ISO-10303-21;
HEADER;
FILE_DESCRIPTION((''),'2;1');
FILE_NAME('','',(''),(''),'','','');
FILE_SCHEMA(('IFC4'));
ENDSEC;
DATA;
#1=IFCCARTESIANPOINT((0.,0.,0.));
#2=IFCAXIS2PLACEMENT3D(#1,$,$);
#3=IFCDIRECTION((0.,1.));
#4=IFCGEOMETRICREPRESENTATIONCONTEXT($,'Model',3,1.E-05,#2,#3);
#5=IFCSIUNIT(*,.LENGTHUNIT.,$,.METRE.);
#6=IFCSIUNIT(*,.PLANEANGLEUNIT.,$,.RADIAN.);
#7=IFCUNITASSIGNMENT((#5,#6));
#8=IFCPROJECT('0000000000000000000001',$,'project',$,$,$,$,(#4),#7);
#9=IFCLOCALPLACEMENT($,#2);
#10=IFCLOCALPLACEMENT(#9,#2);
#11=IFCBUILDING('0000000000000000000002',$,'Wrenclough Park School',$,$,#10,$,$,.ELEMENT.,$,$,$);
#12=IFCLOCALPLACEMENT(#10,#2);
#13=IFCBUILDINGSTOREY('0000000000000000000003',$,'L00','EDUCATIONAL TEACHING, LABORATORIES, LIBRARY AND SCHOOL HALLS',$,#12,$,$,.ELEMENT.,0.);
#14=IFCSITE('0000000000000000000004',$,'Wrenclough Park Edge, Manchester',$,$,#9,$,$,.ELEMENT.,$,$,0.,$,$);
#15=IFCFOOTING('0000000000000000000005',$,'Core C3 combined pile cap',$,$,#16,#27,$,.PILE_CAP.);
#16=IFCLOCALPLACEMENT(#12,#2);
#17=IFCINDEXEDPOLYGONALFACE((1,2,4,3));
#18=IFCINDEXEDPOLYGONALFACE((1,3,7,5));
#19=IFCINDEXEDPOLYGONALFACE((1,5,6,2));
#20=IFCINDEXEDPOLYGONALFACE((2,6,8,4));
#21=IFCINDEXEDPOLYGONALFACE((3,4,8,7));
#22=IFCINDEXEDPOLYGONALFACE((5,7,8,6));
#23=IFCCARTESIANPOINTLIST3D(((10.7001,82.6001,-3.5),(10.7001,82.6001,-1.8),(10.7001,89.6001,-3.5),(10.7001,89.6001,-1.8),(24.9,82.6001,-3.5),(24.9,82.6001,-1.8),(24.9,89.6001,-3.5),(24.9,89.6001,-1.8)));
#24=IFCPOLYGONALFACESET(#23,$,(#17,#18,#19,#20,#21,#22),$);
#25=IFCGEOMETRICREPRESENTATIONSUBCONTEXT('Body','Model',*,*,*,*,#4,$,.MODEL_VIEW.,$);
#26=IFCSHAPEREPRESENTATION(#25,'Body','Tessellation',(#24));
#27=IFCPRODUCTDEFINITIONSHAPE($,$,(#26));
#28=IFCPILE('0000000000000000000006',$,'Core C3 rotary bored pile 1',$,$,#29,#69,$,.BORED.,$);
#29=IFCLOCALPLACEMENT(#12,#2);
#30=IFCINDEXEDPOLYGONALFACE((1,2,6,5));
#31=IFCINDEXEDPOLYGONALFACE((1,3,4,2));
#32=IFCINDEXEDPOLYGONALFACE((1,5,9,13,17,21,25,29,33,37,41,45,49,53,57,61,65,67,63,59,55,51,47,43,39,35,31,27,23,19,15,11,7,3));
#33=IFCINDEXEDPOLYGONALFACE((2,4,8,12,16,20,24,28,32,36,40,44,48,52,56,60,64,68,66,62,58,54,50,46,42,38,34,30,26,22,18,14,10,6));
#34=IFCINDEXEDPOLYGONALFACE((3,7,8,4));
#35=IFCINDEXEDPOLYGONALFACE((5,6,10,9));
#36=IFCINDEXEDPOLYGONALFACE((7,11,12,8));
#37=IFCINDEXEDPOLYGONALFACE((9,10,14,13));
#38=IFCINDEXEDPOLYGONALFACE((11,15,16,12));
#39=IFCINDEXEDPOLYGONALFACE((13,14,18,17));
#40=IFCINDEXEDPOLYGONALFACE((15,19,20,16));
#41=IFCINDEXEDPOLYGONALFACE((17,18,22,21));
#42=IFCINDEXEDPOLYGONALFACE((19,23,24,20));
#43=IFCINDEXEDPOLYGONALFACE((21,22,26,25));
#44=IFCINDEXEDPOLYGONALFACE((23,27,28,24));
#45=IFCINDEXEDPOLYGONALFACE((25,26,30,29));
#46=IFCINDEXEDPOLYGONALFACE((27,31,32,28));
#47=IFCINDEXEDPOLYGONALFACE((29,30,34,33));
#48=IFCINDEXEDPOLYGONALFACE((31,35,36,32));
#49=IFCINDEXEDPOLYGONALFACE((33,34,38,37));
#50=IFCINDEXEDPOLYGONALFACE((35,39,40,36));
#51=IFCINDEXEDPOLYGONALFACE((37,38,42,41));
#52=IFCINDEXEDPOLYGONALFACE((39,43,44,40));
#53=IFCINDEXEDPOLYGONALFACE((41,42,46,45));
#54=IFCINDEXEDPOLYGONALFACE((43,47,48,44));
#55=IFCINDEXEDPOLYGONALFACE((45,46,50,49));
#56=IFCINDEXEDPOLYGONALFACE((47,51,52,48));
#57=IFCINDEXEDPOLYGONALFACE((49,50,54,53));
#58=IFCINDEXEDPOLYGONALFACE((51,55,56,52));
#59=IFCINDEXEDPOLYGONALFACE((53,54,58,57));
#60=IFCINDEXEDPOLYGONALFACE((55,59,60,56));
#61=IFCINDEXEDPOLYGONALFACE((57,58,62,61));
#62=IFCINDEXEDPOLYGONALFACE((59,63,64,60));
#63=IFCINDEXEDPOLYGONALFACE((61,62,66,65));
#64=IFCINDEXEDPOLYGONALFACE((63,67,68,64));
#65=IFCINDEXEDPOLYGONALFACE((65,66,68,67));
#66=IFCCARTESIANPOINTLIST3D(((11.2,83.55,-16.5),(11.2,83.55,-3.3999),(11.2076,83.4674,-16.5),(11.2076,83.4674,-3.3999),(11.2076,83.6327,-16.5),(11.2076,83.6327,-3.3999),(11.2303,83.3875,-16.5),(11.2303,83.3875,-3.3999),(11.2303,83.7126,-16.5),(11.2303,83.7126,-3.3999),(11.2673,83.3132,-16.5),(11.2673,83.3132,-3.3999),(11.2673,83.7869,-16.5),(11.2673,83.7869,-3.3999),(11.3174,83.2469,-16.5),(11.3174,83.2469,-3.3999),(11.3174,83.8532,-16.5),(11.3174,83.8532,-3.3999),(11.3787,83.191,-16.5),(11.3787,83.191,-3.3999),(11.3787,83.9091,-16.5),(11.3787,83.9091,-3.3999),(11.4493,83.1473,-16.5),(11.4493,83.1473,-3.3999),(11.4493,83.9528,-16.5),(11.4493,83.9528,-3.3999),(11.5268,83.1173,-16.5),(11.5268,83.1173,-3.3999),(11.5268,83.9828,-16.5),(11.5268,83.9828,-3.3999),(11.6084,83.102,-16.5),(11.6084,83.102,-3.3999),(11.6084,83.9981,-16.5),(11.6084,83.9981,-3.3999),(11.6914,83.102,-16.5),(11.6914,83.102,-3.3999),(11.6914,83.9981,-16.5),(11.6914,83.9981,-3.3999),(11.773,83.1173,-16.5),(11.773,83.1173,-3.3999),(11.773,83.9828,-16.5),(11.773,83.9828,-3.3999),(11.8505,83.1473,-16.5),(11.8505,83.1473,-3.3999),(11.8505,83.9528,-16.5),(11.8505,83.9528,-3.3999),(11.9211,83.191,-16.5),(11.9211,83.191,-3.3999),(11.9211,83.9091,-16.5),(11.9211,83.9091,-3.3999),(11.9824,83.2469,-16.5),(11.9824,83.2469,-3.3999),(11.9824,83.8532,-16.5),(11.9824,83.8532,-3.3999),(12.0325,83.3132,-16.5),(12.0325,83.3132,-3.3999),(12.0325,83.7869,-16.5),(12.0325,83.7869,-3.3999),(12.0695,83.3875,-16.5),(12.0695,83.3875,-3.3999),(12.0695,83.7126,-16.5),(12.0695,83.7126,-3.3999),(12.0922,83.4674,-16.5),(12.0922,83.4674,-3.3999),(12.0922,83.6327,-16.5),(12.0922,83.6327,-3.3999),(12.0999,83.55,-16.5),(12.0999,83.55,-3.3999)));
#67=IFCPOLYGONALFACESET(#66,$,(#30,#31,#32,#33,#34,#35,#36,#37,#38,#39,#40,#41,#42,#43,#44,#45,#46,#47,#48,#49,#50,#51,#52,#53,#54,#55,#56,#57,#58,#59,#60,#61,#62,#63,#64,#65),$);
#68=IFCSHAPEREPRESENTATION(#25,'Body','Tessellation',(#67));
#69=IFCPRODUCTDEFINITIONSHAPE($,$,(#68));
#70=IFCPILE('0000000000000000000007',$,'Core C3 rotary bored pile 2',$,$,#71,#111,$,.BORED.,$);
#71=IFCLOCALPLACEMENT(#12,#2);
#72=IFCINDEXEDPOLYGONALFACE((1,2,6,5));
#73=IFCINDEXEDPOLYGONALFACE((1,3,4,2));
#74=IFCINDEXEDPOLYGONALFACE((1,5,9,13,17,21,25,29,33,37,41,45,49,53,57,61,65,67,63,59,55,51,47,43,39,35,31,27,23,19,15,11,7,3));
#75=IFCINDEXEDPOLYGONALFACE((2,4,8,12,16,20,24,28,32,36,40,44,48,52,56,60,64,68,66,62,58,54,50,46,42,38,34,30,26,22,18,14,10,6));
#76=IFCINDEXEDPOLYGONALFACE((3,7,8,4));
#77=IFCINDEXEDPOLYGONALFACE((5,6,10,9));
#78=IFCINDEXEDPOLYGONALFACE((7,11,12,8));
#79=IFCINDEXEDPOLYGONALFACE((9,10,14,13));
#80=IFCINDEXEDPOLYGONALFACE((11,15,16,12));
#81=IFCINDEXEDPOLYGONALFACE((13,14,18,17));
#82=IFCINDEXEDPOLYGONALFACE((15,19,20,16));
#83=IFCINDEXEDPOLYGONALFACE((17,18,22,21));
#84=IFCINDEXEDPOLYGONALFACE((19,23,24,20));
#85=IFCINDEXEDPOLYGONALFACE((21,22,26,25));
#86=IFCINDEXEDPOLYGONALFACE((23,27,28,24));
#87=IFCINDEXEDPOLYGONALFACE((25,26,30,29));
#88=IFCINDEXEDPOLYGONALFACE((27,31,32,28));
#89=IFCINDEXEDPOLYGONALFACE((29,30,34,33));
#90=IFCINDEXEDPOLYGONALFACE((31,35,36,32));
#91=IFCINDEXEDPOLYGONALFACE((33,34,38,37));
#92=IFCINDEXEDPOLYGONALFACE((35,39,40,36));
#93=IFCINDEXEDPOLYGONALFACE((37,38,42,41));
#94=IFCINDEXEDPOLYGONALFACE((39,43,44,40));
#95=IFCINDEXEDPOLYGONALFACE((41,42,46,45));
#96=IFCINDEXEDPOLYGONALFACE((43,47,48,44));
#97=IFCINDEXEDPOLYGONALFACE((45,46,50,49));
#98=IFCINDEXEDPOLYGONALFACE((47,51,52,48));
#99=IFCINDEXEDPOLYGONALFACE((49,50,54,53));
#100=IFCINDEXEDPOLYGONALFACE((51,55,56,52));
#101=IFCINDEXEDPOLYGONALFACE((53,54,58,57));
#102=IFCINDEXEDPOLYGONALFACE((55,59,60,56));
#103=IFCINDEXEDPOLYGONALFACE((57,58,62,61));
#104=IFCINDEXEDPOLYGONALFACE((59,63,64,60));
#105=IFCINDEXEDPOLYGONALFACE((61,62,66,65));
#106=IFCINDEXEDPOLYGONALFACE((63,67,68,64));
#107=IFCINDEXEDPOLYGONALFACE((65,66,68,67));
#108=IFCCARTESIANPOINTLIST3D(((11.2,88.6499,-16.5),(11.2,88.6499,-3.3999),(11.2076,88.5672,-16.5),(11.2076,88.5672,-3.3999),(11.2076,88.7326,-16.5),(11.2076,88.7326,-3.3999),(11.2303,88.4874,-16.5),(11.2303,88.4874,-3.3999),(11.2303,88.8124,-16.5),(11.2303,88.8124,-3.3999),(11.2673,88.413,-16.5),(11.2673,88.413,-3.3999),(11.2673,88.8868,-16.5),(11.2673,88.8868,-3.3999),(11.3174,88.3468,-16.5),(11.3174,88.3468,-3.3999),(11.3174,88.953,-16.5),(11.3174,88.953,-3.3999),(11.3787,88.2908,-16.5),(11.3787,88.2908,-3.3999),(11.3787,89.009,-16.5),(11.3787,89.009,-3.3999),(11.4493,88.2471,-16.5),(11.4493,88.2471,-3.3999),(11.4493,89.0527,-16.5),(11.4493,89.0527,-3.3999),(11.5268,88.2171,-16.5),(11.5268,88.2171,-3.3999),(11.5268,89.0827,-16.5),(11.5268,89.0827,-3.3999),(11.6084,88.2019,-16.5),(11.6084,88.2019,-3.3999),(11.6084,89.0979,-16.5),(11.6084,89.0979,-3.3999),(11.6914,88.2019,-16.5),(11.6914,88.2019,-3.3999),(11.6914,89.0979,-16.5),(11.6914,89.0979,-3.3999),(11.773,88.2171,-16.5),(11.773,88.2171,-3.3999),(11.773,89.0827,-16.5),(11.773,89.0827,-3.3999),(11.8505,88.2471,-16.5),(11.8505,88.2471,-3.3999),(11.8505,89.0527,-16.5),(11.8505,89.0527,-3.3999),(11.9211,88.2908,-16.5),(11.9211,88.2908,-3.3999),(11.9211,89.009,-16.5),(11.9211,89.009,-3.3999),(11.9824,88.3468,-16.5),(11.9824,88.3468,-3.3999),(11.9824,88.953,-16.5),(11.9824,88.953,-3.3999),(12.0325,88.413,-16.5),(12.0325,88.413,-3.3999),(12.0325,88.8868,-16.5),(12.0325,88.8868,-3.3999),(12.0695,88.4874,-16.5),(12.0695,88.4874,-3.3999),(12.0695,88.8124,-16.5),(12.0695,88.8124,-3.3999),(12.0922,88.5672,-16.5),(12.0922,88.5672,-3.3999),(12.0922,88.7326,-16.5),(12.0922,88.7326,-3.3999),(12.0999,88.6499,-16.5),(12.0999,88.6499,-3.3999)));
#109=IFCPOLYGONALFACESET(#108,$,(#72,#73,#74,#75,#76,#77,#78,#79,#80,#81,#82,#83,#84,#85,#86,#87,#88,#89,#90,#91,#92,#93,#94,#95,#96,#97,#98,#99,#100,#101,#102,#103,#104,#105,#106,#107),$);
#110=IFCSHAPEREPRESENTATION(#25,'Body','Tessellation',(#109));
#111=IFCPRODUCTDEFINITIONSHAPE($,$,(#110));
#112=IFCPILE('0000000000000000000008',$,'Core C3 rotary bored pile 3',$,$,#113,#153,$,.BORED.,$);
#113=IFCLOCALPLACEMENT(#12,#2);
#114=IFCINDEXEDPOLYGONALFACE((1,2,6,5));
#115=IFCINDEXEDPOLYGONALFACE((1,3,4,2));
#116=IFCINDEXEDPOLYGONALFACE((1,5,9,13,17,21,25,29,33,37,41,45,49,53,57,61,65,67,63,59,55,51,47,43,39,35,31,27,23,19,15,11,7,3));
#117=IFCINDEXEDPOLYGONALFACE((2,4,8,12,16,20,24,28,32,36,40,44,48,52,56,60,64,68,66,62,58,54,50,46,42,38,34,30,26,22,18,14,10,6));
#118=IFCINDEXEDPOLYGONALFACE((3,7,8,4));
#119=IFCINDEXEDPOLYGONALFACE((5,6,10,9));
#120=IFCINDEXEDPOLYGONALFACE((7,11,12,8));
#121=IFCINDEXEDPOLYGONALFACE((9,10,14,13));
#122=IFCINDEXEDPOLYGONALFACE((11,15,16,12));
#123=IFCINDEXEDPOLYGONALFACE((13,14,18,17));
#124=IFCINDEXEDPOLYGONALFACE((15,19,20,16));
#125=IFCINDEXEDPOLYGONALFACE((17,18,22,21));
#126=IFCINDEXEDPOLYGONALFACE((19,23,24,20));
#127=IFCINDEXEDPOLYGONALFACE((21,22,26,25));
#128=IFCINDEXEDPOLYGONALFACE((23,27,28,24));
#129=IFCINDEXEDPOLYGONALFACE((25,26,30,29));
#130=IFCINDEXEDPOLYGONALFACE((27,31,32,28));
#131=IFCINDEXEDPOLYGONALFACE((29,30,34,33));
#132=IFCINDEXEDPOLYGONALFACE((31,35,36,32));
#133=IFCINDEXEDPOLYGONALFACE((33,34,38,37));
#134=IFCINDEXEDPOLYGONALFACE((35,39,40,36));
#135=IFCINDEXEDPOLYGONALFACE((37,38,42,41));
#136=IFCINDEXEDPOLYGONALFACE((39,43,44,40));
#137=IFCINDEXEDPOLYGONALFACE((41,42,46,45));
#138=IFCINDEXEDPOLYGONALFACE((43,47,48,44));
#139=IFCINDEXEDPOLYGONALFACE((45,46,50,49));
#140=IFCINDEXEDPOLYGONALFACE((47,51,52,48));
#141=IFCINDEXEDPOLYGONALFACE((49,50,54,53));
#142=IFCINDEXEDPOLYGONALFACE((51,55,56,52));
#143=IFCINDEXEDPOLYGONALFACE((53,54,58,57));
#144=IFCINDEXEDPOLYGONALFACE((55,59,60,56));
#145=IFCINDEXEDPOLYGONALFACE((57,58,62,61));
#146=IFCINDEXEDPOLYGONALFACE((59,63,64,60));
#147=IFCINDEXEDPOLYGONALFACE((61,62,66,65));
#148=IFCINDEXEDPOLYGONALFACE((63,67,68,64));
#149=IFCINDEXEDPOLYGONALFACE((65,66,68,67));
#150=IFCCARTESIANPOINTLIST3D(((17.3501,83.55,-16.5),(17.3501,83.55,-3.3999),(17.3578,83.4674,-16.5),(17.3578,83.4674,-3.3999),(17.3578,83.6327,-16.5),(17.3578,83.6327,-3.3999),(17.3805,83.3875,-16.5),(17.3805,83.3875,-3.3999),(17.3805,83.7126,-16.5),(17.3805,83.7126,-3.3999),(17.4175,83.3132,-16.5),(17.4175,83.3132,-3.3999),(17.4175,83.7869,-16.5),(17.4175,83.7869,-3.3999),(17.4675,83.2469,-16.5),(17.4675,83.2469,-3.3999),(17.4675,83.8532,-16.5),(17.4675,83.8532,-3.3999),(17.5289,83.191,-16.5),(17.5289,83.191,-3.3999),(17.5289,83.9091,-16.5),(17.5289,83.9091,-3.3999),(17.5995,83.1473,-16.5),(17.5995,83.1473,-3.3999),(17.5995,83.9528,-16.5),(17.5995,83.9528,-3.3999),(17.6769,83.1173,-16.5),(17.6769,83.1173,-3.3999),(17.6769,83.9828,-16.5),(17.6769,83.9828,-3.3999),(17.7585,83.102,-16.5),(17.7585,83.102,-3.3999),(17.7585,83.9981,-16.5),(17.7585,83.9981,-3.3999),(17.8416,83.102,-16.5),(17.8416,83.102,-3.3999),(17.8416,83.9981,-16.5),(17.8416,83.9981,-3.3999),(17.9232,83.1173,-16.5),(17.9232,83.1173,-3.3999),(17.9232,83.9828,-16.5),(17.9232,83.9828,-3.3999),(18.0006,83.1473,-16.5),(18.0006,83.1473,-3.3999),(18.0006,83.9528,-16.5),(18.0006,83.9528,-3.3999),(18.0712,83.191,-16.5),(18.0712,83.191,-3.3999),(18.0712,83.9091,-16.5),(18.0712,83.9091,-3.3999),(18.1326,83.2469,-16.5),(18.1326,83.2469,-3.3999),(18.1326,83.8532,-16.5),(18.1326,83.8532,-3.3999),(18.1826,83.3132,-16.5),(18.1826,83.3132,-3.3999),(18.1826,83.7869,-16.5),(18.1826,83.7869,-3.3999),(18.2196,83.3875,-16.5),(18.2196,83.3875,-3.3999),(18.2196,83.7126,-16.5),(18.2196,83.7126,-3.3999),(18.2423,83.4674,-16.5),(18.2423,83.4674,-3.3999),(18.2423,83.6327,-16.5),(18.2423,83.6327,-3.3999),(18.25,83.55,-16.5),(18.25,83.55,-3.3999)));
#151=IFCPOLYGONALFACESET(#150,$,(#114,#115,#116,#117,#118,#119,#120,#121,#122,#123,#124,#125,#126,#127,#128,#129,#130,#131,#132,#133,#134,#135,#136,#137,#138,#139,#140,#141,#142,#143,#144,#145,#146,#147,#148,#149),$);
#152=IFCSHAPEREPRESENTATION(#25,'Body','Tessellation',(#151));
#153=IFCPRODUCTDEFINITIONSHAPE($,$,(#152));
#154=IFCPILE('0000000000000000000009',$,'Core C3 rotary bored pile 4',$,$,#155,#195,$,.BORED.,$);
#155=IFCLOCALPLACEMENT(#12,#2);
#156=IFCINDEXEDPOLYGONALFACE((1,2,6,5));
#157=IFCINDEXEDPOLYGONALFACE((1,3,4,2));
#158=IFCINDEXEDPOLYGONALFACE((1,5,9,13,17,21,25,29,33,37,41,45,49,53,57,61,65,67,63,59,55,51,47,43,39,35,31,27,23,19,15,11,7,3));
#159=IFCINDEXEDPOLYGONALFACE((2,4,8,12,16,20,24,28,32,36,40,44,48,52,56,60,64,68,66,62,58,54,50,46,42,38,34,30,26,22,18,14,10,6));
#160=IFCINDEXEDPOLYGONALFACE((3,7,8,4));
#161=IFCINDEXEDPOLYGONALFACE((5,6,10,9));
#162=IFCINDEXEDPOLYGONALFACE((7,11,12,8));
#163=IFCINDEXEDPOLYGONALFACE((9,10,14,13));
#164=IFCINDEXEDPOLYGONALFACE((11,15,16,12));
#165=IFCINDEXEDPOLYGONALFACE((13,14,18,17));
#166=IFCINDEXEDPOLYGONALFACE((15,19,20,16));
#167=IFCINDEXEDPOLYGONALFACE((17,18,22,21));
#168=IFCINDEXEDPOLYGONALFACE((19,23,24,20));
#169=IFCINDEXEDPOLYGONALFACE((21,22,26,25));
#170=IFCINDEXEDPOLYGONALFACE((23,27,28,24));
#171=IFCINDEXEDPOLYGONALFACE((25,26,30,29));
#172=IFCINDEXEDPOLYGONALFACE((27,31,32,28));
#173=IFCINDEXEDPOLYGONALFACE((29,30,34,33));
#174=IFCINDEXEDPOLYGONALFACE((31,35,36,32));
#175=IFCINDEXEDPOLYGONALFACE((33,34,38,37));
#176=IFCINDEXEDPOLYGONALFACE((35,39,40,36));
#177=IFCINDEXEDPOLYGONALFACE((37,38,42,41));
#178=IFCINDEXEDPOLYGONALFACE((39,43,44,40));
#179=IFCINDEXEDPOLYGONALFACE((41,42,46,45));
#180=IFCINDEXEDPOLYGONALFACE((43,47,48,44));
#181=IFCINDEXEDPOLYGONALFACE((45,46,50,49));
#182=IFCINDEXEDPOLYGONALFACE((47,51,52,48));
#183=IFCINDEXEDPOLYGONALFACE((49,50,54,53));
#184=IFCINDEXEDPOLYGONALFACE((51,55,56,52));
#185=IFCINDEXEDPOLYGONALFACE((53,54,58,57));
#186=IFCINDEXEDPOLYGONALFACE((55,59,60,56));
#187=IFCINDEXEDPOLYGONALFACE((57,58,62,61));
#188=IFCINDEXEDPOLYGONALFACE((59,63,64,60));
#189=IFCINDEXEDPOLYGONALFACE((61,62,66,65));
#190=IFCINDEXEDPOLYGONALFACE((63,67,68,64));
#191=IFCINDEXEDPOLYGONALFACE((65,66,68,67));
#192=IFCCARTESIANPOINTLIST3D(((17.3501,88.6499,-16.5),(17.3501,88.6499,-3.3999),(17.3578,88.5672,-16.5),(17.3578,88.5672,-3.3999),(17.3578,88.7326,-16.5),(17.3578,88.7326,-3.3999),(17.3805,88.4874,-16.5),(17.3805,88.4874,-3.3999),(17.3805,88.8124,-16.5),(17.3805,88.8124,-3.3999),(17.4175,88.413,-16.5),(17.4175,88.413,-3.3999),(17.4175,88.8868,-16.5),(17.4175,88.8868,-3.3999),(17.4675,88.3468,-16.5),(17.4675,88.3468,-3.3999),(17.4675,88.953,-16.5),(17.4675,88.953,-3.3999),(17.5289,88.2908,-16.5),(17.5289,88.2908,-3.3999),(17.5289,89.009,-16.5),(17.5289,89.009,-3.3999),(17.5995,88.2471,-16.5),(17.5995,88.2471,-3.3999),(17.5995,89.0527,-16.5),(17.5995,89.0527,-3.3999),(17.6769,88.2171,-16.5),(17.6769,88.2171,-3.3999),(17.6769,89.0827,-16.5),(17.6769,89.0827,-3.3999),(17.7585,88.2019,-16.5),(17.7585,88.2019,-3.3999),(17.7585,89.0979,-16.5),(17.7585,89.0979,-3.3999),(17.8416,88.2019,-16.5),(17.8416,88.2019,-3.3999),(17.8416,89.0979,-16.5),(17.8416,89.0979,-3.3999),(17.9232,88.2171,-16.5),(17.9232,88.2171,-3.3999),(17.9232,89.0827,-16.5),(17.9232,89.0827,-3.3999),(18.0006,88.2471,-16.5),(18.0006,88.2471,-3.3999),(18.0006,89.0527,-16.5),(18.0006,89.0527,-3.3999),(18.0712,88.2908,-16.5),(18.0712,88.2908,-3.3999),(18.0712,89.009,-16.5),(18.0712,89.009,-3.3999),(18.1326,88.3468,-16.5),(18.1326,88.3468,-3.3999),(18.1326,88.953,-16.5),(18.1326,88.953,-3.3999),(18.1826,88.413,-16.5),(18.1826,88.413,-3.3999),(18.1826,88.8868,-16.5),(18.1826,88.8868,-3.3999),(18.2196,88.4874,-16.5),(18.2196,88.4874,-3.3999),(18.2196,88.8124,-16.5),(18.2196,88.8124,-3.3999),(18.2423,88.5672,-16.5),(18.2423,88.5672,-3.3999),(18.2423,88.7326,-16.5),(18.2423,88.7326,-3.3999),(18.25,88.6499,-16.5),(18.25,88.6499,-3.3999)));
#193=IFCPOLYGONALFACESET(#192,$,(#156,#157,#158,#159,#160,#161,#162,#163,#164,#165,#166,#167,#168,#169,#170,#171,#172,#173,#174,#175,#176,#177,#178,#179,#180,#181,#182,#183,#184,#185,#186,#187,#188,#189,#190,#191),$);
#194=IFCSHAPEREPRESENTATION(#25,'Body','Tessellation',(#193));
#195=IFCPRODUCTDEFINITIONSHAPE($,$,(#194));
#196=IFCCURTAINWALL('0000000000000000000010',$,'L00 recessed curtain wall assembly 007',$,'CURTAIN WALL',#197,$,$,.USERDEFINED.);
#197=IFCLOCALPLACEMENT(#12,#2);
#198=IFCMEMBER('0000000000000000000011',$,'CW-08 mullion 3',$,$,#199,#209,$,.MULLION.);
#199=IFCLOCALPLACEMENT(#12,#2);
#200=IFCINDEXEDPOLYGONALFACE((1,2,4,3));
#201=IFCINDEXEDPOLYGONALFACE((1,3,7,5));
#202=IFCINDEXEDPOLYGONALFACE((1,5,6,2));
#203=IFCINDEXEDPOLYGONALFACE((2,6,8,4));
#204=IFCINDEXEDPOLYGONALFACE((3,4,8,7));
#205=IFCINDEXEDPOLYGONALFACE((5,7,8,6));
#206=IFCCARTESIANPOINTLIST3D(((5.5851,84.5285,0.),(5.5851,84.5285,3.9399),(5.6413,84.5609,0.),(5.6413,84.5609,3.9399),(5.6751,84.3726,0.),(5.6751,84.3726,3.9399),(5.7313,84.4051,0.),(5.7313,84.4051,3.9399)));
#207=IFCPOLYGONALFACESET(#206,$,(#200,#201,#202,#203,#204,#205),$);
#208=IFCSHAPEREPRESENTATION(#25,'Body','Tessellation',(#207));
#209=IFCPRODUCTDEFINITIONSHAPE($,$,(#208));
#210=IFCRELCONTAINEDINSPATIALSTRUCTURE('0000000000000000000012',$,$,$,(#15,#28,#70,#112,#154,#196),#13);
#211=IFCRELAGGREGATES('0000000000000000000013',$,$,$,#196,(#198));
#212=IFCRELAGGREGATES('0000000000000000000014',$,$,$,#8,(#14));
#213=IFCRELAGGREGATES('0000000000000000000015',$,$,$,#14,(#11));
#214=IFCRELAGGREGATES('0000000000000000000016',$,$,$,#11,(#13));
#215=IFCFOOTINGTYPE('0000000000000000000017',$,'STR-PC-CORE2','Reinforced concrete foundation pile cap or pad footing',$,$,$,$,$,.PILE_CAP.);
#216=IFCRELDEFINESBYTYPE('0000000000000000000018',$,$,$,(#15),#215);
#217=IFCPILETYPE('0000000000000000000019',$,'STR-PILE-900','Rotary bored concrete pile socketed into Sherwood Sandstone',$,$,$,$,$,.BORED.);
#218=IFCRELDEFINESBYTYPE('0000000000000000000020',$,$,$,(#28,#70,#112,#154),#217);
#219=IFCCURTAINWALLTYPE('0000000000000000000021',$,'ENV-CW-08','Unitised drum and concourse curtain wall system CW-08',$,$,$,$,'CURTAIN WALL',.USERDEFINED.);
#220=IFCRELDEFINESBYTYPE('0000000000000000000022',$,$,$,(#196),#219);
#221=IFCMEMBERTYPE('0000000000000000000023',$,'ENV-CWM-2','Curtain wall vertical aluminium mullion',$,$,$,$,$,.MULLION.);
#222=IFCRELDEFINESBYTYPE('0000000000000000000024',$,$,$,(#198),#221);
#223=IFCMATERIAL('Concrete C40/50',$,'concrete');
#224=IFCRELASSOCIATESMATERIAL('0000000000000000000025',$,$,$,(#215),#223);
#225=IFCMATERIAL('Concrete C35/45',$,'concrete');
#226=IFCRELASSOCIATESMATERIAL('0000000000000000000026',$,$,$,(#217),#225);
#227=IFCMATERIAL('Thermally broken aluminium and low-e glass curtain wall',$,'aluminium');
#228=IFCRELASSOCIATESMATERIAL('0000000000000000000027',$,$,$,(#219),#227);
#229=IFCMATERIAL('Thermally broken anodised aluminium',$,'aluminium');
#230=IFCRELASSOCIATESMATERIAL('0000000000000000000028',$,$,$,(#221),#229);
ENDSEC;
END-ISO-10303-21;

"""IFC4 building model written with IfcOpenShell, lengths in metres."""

from ifc_helpers import new_model, si_unit, direction, frame, origin, origin_2d, place, context, subcontext, project, spatial, rectangle, circle, extrude, material, material_profile, profile_set, type_object, element, aggregate, save


model = new_model("IFC4")

# Units and contexts
model_context = context("Model", 3, precision=1e-05, world=origin(), true_north=direction((0.0, 1.0)))
body_context = subcontext(model_context, "Body", "Model", "MODEL_VIEW")
ifc_project = project(units=[si_unit("LENGTHUNIT", "METRE"), si_unit("PLANEANGLEUNIT", "RADIAN")], contexts=[model_context])

# Site, building, storey
site_placement = place(None, origin())
site = spatial("IfcSite", under=ifc_project, at=site_placement, Name="Wrenclough Park Edge, Manchester", CompositionType="ELEMENT", RefElevation=0.0)
building_placement = place(site_placement, origin())
building = spatial("IfcBuilding", under=site, at=building_placement, Name="Wrenclough Park School", CompositionType="ELEMENT")
storey_placement = place(building_placement, origin())
storey = spatial("IfcBuildingStorey", under=building, at=storey_placement, Name="L00", Description="EDUCATIONAL TEACHING, LABORATORIES, LIBRARY AND SCHOOL HALLS", CompositionType="ELEMENT", Elevation=0.0)

# Footing
ifc_material_1 = material(Name="Concrete C40/50", Category="concrete")
footing_type = type_object("IfcFootingType", Name="STR-PC-CORE2", Description="Reinforced concrete foundation pile cap or pad footing", PredefinedType="PILE_CAP", material=ifc_material_1)
footing_placement = place(storey_placement, frame((17.8, 86.1001, -3.5), z_axis=(0.0, 0.0, 1.0), x_axis=(1.0, 0.0, 0.0)))
element("IfcFooting", 1, at=footing_placement, inside=storey, type_object=footing_type, Name="Core C3 combined pile cap", PredefinedType="PILE_CAP", context=body_context, shape_type="SweptSolid", body=[
    extrude(rectangle(XDim=14.2, YDim=7.0, at=origin_2d()), origin(), (0.0, 0.0, 1.0), 1.7),
])

# Piles
ifc_material_2 = material(Name="Concrete C35/45", Category="concrete")
ifc_material_profile_1 = material_profile(ifc_material_2, circle(Radius=0.45, at=origin_2d()), Name="BORED PILE D900")
ifc_profile_set_1 = profile_set([ifc_material_profile_1], Name="Concrete C35/45")
pile_type = type_object("IfcPileType", Name="STR-PILE-900", Description="Rotary bored concrete pile socketed into Sherwood Sandstone", PredefinedType="BORED", material=ifc_profile_set_1)
for number, where, z_axis, x_axis, name in (
    (2, (11.6499, 83.55, -3.3999), (0.0, 0.0, -1.0), (1.0, 0.0, 0.0), "Core C3 rotary bored pile 1"),
    (3, (11.6499, 88.6499, -3.3999), (0.0, 0.0, -1.0), (1.0, 0.0, 0.0), "Core C3 rotary bored pile 2"),
    (4, (17.8, 83.55, -3.3999), (0.0, 0.0, -1.0), (1.0, 0.0, 0.0), "Core C3 rotary bored pile 3"),
    (5, (17.8, 88.6499, -3.3999), (0.0, 0.0, -1.0), (1.0, 0.0, 0.0), "Core C3 rotary bored pile 4"),
):
    element("IfcPile", number, at=place(storey_placement, frame(where, z_axis=z_axis, x_axis=x_axis)), inside=storey, type_object=pile_type, Name=name, PredefinedType="BORED", context=body_context, shape_type="SweptSolid", body=[
        extrude(circle(Radius=0.45, at=origin_2d()), origin(), (0.0, 0.0, 1.0), 13.1001),
    ])

# Curtain wall, member
ifc_material_3 = material(Name="Thermally broken aluminium and low-e glass curtain wall", Category="aluminium")
curtain_wall_type = type_object("IfcCurtainWallType", Name="ENV-CW-08", Description="Unitised drum and concourse curtain wall system CW-08", ElementType="CURTAIN WALL", PredefinedType="USERDEFINED", material=ifc_material_3)
curtain_wall_placement = place(storey_placement, origin())
curtain_wall = element("IfcCurtainWall", 6, at=curtain_wall_placement, inside=storey, type_object=curtain_wall_type, Name="L00 recessed curtain wall assembly 007", ObjectType="CURTAIN WALL", PredefinedType="USERDEFINED")
ifc_material_4 = material(Name="Thermally broken anodised aluminium", Category="aluminium")
ifc_material_profile_2 = material_profile(ifc_material_4, rectangle(XDim=0.0649, YDim=0.1799, at=origin_2d()), Name="AL MULLION 65x180")
ifc_profile_set_2 = profile_set([ifc_material_profile_2], Name="Thermally broken anodised aluminium")
member_type_1 = type_object("IfcMemberType", Name="ENV-CWM-2", Description="Curtain wall vertical aluminium mullion", PredefinedType="MULLION", material=ifc_profile_set_2)
member_1_placement = place(storey_placement, frame((5.6582, 84.4668, 0.0), z_axis=(0.0, 0.0, 1.0), x_axis=(-0.866026, -0.499999, 0.0)))
member_1 = element("IfcMember", 7, at=member_1_placement, type_object=member_type_1, Name="CW-08 mullion 3", PredefinedType="MULLION", context=body_context, shape_type="SweptSolid", body=[
    extrude(rectangle(XDim=0.0649, YDim=0.1799, at=origin_2d()), origin(), (0.0, 0.0, 1.0), 3.9399),
])
aggregate(curtain_wall, [member_1])

save(model, "model.ifc")
